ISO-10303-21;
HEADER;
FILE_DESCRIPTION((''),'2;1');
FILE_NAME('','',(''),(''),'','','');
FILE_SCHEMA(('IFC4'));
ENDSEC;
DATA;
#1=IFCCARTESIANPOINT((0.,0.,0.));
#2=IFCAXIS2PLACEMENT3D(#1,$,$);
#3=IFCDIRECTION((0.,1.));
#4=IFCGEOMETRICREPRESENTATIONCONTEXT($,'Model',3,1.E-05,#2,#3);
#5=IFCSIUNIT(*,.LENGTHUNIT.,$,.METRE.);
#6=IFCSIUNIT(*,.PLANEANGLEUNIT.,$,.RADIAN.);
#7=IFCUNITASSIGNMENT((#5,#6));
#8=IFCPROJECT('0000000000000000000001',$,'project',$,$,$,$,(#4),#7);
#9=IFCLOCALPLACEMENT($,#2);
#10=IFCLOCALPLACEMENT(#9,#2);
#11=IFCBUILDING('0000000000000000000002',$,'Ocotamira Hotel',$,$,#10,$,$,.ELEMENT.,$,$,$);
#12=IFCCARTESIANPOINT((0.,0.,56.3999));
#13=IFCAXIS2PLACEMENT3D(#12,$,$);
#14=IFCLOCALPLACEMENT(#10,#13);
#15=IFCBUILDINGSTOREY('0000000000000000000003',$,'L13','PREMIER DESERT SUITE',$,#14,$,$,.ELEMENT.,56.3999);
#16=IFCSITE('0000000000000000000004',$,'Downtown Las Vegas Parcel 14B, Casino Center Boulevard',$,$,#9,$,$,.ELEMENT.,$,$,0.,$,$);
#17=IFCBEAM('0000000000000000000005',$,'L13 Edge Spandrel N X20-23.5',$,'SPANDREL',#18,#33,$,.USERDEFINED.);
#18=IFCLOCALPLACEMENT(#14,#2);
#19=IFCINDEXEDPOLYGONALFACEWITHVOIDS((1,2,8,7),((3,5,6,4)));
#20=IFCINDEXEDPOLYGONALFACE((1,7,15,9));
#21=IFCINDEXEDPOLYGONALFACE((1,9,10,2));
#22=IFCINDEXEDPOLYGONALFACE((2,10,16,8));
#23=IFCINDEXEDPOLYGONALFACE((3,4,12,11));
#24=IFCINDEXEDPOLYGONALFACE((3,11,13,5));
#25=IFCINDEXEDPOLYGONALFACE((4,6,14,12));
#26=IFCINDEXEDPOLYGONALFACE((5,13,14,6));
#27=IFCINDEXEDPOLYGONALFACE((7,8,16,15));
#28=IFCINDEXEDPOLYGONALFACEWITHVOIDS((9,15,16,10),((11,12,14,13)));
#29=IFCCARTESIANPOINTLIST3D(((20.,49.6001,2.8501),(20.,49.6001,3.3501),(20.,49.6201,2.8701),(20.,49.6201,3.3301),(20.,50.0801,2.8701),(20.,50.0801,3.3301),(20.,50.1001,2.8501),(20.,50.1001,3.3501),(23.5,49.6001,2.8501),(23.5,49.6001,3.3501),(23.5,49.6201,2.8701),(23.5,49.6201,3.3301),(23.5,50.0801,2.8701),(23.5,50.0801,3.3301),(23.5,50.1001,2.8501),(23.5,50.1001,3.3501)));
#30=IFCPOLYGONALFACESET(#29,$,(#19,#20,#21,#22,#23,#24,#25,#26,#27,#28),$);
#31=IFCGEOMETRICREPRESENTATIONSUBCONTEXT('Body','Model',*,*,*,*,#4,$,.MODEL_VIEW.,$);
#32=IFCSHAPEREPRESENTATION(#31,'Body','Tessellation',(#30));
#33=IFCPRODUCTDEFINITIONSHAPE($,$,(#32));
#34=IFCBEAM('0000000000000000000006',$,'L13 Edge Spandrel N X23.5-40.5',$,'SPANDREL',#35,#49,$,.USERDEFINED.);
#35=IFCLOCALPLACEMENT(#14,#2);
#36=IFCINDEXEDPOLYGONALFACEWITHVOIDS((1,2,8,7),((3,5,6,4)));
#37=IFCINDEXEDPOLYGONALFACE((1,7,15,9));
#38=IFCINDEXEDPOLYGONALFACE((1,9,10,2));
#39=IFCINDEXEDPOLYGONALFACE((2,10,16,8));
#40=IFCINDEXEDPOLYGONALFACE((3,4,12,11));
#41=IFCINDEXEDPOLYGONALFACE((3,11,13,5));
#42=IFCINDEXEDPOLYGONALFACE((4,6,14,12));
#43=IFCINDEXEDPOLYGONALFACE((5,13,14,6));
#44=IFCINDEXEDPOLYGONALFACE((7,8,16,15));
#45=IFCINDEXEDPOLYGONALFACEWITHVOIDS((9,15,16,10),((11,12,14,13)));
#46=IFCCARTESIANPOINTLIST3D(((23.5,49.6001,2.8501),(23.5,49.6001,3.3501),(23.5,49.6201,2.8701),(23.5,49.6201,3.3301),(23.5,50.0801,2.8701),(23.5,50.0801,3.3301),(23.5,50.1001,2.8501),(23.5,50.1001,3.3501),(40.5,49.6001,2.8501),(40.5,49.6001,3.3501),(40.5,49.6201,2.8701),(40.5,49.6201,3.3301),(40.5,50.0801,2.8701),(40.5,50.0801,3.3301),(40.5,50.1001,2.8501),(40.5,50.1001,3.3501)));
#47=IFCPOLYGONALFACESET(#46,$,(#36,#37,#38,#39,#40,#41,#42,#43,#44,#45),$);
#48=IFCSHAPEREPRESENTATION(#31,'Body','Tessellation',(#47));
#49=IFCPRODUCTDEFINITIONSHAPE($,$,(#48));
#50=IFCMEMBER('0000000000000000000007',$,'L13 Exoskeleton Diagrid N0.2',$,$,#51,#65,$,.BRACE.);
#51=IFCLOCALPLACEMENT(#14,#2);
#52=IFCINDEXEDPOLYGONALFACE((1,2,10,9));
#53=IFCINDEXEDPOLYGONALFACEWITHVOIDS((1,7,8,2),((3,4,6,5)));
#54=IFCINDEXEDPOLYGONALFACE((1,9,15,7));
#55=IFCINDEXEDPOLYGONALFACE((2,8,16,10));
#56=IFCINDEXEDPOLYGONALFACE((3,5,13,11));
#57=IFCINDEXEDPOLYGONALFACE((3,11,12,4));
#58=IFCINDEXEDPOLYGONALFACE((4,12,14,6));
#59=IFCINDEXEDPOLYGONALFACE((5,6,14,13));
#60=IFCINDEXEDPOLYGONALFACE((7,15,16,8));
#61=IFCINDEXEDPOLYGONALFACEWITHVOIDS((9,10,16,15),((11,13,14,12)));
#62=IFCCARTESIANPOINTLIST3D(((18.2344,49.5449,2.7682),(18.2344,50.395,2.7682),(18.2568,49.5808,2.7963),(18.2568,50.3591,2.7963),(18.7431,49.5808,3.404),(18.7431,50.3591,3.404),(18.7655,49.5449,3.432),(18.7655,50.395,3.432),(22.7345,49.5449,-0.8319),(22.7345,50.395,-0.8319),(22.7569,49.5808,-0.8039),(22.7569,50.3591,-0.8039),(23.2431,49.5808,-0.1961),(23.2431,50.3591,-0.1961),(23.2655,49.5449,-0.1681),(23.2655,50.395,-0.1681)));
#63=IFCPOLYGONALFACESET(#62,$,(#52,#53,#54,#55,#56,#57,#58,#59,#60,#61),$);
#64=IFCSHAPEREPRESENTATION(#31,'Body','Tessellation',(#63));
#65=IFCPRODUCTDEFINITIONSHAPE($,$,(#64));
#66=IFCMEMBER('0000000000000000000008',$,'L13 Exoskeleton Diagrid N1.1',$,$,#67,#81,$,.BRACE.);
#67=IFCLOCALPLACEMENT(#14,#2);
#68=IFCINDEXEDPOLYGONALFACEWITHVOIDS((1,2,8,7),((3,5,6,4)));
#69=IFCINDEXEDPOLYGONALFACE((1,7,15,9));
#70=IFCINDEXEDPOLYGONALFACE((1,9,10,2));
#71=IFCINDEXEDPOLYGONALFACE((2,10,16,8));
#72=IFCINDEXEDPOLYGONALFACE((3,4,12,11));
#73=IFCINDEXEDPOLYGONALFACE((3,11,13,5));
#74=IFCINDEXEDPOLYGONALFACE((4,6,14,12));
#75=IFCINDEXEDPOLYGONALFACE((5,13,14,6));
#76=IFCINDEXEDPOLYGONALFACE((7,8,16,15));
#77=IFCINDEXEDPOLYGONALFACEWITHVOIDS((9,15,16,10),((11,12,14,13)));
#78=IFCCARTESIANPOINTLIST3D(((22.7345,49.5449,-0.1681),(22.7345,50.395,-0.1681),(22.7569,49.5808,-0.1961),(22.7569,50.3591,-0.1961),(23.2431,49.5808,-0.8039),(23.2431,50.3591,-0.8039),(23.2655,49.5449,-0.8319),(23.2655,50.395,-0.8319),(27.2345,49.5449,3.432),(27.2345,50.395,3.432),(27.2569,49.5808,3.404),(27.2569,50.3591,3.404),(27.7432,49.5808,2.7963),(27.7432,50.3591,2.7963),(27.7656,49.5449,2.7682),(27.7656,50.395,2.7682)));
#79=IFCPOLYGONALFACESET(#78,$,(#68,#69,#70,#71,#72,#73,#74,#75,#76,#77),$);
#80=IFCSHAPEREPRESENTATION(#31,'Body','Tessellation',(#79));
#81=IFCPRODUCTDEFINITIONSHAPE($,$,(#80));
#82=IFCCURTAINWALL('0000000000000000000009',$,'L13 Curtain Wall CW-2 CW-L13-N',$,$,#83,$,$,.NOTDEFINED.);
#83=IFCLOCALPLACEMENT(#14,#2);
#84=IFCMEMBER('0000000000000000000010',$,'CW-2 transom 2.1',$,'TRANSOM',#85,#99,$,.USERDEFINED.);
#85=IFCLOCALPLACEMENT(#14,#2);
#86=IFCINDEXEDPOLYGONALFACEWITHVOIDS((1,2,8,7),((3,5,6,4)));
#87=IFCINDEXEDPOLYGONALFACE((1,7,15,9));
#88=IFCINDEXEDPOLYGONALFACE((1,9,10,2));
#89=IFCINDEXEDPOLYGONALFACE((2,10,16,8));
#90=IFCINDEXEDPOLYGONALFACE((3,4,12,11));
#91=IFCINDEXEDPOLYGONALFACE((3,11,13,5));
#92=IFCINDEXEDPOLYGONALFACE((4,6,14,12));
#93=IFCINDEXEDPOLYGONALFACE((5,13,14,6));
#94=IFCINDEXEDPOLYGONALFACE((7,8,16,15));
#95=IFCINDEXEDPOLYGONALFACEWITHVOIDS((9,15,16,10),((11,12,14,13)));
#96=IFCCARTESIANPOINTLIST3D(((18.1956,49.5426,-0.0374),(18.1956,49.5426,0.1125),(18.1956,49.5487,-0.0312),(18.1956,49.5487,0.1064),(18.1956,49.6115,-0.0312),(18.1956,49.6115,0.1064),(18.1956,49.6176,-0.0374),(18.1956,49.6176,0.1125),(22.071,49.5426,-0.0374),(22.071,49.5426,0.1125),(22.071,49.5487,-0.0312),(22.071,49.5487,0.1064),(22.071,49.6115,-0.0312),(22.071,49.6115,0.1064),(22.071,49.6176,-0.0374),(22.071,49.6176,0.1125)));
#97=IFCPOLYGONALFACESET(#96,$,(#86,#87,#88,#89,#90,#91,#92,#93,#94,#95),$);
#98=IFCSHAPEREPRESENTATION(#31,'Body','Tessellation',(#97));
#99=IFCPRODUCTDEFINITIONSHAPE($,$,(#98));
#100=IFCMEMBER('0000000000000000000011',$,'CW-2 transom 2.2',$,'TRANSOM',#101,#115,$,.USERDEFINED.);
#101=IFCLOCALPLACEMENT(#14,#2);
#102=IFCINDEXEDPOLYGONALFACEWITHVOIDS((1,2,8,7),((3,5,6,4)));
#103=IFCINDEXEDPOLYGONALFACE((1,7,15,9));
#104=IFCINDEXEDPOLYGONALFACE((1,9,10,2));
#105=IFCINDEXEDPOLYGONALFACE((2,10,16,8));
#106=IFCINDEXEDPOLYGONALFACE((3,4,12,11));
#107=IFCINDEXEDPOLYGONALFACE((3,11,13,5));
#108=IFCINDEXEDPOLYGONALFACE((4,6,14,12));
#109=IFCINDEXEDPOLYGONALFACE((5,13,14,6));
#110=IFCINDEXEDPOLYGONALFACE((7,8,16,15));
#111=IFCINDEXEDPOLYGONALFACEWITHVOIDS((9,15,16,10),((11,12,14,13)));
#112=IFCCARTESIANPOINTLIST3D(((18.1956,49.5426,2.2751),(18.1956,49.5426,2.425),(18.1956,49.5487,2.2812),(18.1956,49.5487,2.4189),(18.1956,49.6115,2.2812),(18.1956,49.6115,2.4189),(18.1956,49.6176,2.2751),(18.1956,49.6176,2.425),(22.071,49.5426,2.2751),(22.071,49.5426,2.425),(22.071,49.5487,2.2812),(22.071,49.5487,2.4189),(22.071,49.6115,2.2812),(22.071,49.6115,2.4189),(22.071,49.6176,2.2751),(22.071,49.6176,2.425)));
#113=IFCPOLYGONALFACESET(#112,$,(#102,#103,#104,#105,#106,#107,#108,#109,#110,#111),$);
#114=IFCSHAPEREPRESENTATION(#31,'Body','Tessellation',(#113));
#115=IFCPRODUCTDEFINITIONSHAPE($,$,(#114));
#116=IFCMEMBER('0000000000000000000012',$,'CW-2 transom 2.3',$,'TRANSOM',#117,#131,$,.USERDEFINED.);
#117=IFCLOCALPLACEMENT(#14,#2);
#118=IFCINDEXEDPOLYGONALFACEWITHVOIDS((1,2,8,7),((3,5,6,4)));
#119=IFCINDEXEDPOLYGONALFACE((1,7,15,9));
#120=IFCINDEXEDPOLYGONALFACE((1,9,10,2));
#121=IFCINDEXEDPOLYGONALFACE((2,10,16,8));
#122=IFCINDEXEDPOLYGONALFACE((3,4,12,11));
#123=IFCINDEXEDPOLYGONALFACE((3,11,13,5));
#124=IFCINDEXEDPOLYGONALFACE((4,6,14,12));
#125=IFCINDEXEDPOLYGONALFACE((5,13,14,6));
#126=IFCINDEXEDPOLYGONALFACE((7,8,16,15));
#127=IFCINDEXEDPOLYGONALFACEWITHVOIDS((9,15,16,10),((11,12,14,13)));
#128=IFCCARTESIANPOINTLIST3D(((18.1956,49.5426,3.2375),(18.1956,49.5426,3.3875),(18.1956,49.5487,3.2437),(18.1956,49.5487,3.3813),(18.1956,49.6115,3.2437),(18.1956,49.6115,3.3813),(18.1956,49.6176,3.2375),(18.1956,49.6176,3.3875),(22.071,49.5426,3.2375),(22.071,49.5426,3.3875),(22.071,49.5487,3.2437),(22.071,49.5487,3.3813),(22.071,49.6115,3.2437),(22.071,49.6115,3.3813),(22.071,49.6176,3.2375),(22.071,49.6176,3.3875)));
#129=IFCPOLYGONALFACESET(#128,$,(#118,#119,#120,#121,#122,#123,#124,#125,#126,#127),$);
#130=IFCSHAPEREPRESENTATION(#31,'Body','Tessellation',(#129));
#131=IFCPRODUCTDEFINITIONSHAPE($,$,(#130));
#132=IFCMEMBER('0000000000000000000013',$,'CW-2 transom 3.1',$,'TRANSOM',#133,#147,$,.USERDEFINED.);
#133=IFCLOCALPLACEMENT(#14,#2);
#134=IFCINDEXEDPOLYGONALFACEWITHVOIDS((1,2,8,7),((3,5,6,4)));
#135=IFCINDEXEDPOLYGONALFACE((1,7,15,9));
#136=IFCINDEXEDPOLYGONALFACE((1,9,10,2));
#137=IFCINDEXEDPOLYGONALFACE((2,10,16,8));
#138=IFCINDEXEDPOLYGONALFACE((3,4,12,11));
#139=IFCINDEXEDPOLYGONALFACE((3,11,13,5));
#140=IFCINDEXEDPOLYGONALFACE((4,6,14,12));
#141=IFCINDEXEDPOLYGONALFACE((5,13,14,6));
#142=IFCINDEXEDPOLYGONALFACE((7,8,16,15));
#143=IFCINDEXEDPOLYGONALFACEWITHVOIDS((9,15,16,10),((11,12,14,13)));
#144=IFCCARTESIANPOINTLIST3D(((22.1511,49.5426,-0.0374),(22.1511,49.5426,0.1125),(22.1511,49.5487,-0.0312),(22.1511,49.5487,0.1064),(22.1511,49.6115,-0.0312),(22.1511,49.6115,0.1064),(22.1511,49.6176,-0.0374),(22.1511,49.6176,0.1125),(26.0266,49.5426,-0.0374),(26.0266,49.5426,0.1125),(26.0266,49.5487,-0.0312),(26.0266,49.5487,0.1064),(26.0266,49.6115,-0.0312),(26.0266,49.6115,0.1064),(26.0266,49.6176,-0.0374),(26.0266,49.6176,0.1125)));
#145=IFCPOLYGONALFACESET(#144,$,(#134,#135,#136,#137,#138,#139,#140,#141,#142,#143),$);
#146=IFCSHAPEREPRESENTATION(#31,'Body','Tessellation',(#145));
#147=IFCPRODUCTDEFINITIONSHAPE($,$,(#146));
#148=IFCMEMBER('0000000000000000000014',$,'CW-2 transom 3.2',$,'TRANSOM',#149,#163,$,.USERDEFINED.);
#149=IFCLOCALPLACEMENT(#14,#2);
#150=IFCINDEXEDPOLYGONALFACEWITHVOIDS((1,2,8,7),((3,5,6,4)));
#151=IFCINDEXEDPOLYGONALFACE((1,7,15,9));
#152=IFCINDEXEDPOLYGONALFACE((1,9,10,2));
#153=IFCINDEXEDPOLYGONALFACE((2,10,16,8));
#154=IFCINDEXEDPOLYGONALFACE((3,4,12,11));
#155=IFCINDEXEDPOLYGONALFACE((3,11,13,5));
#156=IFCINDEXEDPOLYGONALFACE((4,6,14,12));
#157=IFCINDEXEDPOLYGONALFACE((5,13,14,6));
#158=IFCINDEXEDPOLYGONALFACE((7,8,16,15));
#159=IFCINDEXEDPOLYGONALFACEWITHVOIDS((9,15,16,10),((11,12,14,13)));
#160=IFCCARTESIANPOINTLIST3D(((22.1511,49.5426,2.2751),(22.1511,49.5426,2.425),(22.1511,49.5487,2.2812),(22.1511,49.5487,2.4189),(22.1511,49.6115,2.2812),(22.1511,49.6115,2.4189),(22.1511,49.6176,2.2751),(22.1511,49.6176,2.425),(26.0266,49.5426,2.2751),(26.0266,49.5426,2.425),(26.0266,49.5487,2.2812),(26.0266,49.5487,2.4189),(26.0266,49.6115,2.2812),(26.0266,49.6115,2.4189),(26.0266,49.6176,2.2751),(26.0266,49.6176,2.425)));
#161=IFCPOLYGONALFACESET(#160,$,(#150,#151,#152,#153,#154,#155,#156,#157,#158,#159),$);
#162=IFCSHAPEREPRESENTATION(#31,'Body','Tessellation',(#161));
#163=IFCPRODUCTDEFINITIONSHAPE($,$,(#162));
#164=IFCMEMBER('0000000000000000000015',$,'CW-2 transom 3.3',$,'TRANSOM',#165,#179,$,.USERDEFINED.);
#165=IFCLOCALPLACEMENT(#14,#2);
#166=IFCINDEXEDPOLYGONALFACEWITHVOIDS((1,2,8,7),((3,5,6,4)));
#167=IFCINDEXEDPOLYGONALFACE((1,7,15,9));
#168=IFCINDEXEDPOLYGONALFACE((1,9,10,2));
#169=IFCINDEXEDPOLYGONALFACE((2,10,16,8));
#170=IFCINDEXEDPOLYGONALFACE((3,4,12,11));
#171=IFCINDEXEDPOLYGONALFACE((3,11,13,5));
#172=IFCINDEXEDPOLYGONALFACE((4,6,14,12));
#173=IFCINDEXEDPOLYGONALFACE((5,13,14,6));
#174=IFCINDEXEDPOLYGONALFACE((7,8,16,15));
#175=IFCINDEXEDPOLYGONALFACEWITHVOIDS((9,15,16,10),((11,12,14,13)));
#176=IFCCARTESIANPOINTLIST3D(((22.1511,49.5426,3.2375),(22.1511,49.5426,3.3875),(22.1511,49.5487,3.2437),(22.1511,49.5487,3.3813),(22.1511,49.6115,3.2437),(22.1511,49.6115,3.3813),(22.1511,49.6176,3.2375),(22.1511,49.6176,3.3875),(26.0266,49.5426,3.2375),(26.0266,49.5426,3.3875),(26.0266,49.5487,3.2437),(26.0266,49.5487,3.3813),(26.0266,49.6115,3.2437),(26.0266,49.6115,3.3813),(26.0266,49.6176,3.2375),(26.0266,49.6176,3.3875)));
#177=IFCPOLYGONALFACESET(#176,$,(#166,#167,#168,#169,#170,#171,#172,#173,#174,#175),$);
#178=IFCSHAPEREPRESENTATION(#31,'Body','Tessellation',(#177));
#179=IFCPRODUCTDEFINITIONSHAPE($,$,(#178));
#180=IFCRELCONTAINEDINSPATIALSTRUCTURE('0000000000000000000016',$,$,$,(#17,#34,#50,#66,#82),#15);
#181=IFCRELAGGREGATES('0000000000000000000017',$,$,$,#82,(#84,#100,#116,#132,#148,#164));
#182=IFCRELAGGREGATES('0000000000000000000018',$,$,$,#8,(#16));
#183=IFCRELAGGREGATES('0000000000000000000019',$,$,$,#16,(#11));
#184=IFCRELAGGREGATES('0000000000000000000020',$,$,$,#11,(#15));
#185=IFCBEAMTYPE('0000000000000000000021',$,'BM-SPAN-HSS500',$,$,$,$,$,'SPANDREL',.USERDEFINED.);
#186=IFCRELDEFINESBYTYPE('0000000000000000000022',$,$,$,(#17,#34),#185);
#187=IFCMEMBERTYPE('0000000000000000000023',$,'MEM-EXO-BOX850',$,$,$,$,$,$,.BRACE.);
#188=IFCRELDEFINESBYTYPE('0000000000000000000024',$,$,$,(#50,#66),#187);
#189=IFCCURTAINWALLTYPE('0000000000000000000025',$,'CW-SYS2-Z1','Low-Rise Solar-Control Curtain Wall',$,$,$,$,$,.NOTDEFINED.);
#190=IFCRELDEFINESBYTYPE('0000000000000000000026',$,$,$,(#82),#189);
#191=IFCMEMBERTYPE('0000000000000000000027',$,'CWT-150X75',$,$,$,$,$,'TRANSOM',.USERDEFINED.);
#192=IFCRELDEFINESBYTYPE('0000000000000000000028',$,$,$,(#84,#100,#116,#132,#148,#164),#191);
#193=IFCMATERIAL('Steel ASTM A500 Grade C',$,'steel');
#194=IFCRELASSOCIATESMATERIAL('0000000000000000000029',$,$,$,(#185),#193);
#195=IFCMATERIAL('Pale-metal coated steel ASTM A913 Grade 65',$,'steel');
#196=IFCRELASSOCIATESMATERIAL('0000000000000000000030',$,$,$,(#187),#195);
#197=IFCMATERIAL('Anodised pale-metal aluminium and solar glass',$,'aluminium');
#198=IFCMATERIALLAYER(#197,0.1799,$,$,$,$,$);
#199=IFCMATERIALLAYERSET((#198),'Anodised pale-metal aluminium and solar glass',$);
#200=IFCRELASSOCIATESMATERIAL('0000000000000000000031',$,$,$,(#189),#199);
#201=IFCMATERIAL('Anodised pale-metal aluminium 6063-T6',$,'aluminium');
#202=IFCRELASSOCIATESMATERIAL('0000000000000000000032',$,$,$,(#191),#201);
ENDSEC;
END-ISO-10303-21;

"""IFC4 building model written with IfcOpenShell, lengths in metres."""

from ifc_helpers import new_model, si_unit, direction, frame, origin, origin_2d, place, context, subcontext, project, spatial, hollow_rectangle, extrude, source, transform, mapped, material, layer, layer_set, material_profile, profile_set, type_object, element, aggregate, save


model = new_model("IFC4")

# Units and contexts
model_context = context("Model", 3, precision=1e-05, world=origin(), true_north=direction((0.0, 1.0)))
body_context = subcontext(model_context, "Body", "Model", "MODEL_VIEW")
ifc_project = project(units=[si_unit("LENGTHUNIT", "METRE"), si_unit("PLANEANGLEUNIT", "RADIAN")], contexts=[model_context])

# Site, building, storey
site_placement = place(None, origin())
site = spatial("IfcSite", under=ifc_project, at=site_placement, Name="Downtown Las Vegas Parcel 14B, Casino Center Boulevard", CompositionType="ELEMENT", RefElevation=0.0)
building_placement = place(site_placement, origin())
building = spatial("IfcBuilding", under=site, at=building_placement, Name="Ocotamira Hotel", CompositionType="ELEMENT")
storey_placement = place(building_placement, frame((0.0, 0.0, 56.3999)))
storey = spatial("IfcBuildingStorey", under=building, at=storey_placement, Name="L13", Description="PREMIER DESERT SUITE", CompositionType="ELEMENT", Elevation=56.3999)

# Beams
ifc_material_1 = material(Name="Steel ASTM A500 Grade C", Category="steel")
ifc_material_profile_1 = material_profile(ifc_material_1, hollow_rectangle(XDim=0.5, YDim=0.5, WallThickness=0.02, at=origin_2d()), Name="HSS500X500X20")
ifc_profile_set_1 = profile_set([ifc_material_profile_1], Name="Steel ASTM A500 Grade C")
beam_type_1 = type_object("IfcBeamType", Name="BM-SPAN-HSS500", ElementType="SPANDREL", PredefinedType="USERDEFINED", material=ifc_profile_set_1)
shared_shape_1 = source(origin(), body_context, "Body", "SweptSolid", [
    extrude(hollow_rectangle(XDim=0.5, YDim=0.5, WallThickness=0.02, at=origin_2d()), origin(), (0.0, 0.0, 1.0), 3.5),
])
beam_1_placement = place(storey_placement, frame((20.0, 49.8501, 3.1001), z_axis=(1.0, 0.0, 0.0), x_axis=(0.0, 1.0, 0.0)))
element("IfcBeam", 1, at=beam_1_placement, inside=storey, type_object=beam_type_1, Name="L13 Edge Spandrel N X20-23.5", ObjectType="SPANDREL", PredefinedType="USERDEFINED", context=body_context, shape_type="MappedRepresentation", body=[
    mapped(shared_shape_1, transform((0.0, 0.0, 0.0), scale=1.0)),
])
shared_shape_2 = source(origin(), body_context, "Body", "SweptSolid", [
    extrude(hollow_rectangle(XDim=0.5, YDim=0.5, WallThickness=0.02, at=origin_2d()), origin(), (0.0, 0.0, 1.0), 17.0),
])
beam_2_placement = place(storey_placement, frame((23.5, 49.8501, 3.1001), z_axis=(1.0, 0.0, 0.0), x_axis=(0.0, 1.0, 0.0)))
element("IfcBeam", 2, at=beam_2_placement, inside=storey, type_object=beam_type_1, Name="L13 Edge Spandrel N X23.5-40.5", ObjectType="SPANDREL", PredefinedType="USERDEFINED", context=body_context, shape_type="MappedRepresentation", body=[
    mapped(shared_shape_2, transform((0.0, 0.0, 0.0), scale=1.0)),
])

# Members
ifc_material_2 = material(Name="Pale-metal coated steel ASTM A913 Grade 65", Category="steel")
ifc_material_profile_2 = material_profile(ifc_material_2, hollow_rectangle(XDim=0.8501, YDim=0.8501, WallThickness=0.0359, at=origin_2d()), Name="BOX850X850X36")
ifc_profile_set_2 = profile_set([ifc_material_profile_2], Name="Pale-metal coated steel ASTM A913 Grade 65")
member_type_1 = type_object("IfcMemberType", Name="MEM-EXO-BOX850", PredefinedType="BRACE", material=ifc_profile_set_2)
shared_shape_3 = source(origin(), body_context, "Body", "SweptSolid", [
    extrude(hollow_rectangle(XDim=0.8501, YDim=0.8501, WallThickness=0.0359, at=origin_2d()), origin(), (0.0, 0.0, 1.0), 5.7629),
])
for number, where, z_axis, x_axis, name in (
    (3, (23.0, 49.97, -0.5), (-0.780861, 0.0, 0.624705), (0.0, -1.0, 0.0), "L13 Exoskeleton Diagrid N0.2"),
    (4, (23.0, 49.97, -0.5), (0.780861, 0.0, 0.624705), (0.0, 1.0, 0.0), "L13 Exoskeleton Diagrid N1.1"),
):
    element("IfcMember", number, at=place(storey_placement, frame(where, z_axis=z_axis, x_axis=x_axis)), inside=storey, type_object=member_type_1, Name=name, PredefinedType="BRACE", context=body_context, shape_type="MappedRepresentation", body=[
        mapped(shared_shape_3, transform((0.0, 0.0, 0.0), scale=1.0)),
    ])

# Curtain wall, members
ifc_material_3 = material(Name="Anodised pale-metal aluminium and solar glass", Category="aluminium")
ifc_layer_1 = layer(ifc_material_3, 0.1799)
ifc_layer_set_1 = layer_set([ifc_layer_1], Name="Anodised pale-metal aluminium and solar glass")
curtain_wall_type = type_object("IfcCurtainWallType", Name="CW-SYS2-Z1", Description="Low-Rise Solar-Control Curtain Wall", PredefinedType="NOTDEFINED", material=ifc_layer_set_1)
curtain_wall_placement = place(storey_placement, origin())
curtain_wall = element("IfcCurtainWall", 5, at=curtain_wall_placement, inside=storey, type_object=curtain_wall_type, Name="L13 Curtain Wall CW-2 CW-L13-N", PredefinedType="NOTDEFINED")
ifc_material_4 = material(Name="Anodised pale-metal aluminium 6063-T6", Category="aluminium")
ifc_material_profile_3 = material_profile(ifc_material_4, hollow_rectangle(XDim=0.075, YDim=0.1499, WallThickness=0.0061, at=origin_2d()), Name="HSS150X75X6")
ifc_profile_set_3 = profile_set([ifc_material_profile_3], Name="Anodised pale-metal aluminium 6063-T6")
member_type_2 = type_object("IfcMemberType", Name="CWT-150X75", ElementType="TRANSOM", PredefinedType="USERDEFINED", material=ifc_profile_set_3)
shared_shape_4 = source(origin(), body_context, "Body", "SweptSolid", [
    extrude(hollow_rectangle(XDim=0.075, YDim=0.1499, WallThickness=0.0061, at=origin_2d()), origin(), (0.0, 0.0, 1.0), 3.8755),
])
member_1_placement = place(storey_placement, frame((18.1956, 49.5801, 0.0376), z_axis=(1.0, 0.0, 0.0), x_axis=(0.0, 1.0, 0.0)))
member_1 = element("IfcMember", 6, at=member_1_placement, type_object=member_type_2, Name="CW-2 transom 2.1", ObjectType="TRANSOM", PredefinedType="USERDEFINED", context=body_context, shape_type="MappedRepresentation", body=[
    mapped(shared_shape_4, transform((0.0, 0.0, 0.0), scale=1.0)),
])
member_2_placement = place(storey_placement, frame((18.1956, 49.5801, 2.3501), z_axis=(1.0, 0.0, 0.0), x_axis=(0.0, 1.0, 0.0)))
member_2 = element("IfcMember", 7, at=member_2_placement, type_object=member_type_2, Name="CW-2 transom 2.2", ObjectType="TRANSOM", PredefinedType="USERDEFINED", context=body_context, shape_type="MappedRepresentation", body=[
    mapped(shared_shape_4, transform((0.0, 0.0, 0.0), scale=1.0)),
])
member_3_placement = place(storey_placement, frame((18.1956, 49.5801, 3.3125), z_axis=(1.0, 0.0, 0.0), x_axis=(0.0, 1.0, 0.0)))
member_3 = element("IfcMember", 8, at=member_3_placement, type_object=member_type_2, Name="CW-2 transom 2.3", ObjectType="TRANSOM", PredefinedType="USERDEFINED", context=body_context, shape_type="MappedRepresentation", body=[
    mapped(shared_shape_4, transform((0.0, 0.0, 0.0), scale=1.0)),
])
member_4_placement = place(storey_placement, frame((22.1511, 49.5801, 0.0376), z_axis=(1.0, 0.0, 0.0), x_axis=(0.0, 1.0, 0.0)))
member_4 = element("IfcMember", 9, at=member_4_placement, type_object=member_type_2, Name="CW-2 transom 3.1", ObjectType="TRANSOM", PredefinedType="USERDEFINED", context=body_context, shape_type="MappedRepresentation", body=[
    mapped(shared_shape_4, transform((0.0, 0.0, 0.0), scale=1.0)),
])
member_5_placement = place(storey_placement, frame((22.1511, 49.5801, 2.3501), z_axis=(1.0, 0.0, 0.0), x_axis=(0.0, 1.0, 0.0)))
member_5 = element("IfcMember", 10, at=member_5_placement, type_object=member_type_2, Name="CW-2 transom 3.2", ObjectType="TRANSOM", PredefinedType="USERDEFINED", context=body_context, shape_type="MappedRepresentation", body=[
    mapped(shared_shape_4, transform((0.0, 0.0, 0.0), scale=1.0)),
])
member_6_placement = place(storey_placement, frame((22.1511, 49.5801, 3.3125), z_axis=(1.0, 0.0, 0.0), x_axis=(0.0, 1.0, 0.0)))
member_6 = element("IfcMember", 11, at=member_6_placement, type_object=member_type_2, Name="CW-2 transom 3.3", ObjectType="TRANSOM", PredefinedType="USERDEFINED", context=body_context, shape_type="MappedRepresentation", body=[
    mapped(shared_shape_4, transform((0.0, 0.0, 0.0), scale=1.0)),
])

aggregate(curtain_wall, [member_1, member_2, member_3, member_4, member_5, member_6])

save(model, "model.ifc")
